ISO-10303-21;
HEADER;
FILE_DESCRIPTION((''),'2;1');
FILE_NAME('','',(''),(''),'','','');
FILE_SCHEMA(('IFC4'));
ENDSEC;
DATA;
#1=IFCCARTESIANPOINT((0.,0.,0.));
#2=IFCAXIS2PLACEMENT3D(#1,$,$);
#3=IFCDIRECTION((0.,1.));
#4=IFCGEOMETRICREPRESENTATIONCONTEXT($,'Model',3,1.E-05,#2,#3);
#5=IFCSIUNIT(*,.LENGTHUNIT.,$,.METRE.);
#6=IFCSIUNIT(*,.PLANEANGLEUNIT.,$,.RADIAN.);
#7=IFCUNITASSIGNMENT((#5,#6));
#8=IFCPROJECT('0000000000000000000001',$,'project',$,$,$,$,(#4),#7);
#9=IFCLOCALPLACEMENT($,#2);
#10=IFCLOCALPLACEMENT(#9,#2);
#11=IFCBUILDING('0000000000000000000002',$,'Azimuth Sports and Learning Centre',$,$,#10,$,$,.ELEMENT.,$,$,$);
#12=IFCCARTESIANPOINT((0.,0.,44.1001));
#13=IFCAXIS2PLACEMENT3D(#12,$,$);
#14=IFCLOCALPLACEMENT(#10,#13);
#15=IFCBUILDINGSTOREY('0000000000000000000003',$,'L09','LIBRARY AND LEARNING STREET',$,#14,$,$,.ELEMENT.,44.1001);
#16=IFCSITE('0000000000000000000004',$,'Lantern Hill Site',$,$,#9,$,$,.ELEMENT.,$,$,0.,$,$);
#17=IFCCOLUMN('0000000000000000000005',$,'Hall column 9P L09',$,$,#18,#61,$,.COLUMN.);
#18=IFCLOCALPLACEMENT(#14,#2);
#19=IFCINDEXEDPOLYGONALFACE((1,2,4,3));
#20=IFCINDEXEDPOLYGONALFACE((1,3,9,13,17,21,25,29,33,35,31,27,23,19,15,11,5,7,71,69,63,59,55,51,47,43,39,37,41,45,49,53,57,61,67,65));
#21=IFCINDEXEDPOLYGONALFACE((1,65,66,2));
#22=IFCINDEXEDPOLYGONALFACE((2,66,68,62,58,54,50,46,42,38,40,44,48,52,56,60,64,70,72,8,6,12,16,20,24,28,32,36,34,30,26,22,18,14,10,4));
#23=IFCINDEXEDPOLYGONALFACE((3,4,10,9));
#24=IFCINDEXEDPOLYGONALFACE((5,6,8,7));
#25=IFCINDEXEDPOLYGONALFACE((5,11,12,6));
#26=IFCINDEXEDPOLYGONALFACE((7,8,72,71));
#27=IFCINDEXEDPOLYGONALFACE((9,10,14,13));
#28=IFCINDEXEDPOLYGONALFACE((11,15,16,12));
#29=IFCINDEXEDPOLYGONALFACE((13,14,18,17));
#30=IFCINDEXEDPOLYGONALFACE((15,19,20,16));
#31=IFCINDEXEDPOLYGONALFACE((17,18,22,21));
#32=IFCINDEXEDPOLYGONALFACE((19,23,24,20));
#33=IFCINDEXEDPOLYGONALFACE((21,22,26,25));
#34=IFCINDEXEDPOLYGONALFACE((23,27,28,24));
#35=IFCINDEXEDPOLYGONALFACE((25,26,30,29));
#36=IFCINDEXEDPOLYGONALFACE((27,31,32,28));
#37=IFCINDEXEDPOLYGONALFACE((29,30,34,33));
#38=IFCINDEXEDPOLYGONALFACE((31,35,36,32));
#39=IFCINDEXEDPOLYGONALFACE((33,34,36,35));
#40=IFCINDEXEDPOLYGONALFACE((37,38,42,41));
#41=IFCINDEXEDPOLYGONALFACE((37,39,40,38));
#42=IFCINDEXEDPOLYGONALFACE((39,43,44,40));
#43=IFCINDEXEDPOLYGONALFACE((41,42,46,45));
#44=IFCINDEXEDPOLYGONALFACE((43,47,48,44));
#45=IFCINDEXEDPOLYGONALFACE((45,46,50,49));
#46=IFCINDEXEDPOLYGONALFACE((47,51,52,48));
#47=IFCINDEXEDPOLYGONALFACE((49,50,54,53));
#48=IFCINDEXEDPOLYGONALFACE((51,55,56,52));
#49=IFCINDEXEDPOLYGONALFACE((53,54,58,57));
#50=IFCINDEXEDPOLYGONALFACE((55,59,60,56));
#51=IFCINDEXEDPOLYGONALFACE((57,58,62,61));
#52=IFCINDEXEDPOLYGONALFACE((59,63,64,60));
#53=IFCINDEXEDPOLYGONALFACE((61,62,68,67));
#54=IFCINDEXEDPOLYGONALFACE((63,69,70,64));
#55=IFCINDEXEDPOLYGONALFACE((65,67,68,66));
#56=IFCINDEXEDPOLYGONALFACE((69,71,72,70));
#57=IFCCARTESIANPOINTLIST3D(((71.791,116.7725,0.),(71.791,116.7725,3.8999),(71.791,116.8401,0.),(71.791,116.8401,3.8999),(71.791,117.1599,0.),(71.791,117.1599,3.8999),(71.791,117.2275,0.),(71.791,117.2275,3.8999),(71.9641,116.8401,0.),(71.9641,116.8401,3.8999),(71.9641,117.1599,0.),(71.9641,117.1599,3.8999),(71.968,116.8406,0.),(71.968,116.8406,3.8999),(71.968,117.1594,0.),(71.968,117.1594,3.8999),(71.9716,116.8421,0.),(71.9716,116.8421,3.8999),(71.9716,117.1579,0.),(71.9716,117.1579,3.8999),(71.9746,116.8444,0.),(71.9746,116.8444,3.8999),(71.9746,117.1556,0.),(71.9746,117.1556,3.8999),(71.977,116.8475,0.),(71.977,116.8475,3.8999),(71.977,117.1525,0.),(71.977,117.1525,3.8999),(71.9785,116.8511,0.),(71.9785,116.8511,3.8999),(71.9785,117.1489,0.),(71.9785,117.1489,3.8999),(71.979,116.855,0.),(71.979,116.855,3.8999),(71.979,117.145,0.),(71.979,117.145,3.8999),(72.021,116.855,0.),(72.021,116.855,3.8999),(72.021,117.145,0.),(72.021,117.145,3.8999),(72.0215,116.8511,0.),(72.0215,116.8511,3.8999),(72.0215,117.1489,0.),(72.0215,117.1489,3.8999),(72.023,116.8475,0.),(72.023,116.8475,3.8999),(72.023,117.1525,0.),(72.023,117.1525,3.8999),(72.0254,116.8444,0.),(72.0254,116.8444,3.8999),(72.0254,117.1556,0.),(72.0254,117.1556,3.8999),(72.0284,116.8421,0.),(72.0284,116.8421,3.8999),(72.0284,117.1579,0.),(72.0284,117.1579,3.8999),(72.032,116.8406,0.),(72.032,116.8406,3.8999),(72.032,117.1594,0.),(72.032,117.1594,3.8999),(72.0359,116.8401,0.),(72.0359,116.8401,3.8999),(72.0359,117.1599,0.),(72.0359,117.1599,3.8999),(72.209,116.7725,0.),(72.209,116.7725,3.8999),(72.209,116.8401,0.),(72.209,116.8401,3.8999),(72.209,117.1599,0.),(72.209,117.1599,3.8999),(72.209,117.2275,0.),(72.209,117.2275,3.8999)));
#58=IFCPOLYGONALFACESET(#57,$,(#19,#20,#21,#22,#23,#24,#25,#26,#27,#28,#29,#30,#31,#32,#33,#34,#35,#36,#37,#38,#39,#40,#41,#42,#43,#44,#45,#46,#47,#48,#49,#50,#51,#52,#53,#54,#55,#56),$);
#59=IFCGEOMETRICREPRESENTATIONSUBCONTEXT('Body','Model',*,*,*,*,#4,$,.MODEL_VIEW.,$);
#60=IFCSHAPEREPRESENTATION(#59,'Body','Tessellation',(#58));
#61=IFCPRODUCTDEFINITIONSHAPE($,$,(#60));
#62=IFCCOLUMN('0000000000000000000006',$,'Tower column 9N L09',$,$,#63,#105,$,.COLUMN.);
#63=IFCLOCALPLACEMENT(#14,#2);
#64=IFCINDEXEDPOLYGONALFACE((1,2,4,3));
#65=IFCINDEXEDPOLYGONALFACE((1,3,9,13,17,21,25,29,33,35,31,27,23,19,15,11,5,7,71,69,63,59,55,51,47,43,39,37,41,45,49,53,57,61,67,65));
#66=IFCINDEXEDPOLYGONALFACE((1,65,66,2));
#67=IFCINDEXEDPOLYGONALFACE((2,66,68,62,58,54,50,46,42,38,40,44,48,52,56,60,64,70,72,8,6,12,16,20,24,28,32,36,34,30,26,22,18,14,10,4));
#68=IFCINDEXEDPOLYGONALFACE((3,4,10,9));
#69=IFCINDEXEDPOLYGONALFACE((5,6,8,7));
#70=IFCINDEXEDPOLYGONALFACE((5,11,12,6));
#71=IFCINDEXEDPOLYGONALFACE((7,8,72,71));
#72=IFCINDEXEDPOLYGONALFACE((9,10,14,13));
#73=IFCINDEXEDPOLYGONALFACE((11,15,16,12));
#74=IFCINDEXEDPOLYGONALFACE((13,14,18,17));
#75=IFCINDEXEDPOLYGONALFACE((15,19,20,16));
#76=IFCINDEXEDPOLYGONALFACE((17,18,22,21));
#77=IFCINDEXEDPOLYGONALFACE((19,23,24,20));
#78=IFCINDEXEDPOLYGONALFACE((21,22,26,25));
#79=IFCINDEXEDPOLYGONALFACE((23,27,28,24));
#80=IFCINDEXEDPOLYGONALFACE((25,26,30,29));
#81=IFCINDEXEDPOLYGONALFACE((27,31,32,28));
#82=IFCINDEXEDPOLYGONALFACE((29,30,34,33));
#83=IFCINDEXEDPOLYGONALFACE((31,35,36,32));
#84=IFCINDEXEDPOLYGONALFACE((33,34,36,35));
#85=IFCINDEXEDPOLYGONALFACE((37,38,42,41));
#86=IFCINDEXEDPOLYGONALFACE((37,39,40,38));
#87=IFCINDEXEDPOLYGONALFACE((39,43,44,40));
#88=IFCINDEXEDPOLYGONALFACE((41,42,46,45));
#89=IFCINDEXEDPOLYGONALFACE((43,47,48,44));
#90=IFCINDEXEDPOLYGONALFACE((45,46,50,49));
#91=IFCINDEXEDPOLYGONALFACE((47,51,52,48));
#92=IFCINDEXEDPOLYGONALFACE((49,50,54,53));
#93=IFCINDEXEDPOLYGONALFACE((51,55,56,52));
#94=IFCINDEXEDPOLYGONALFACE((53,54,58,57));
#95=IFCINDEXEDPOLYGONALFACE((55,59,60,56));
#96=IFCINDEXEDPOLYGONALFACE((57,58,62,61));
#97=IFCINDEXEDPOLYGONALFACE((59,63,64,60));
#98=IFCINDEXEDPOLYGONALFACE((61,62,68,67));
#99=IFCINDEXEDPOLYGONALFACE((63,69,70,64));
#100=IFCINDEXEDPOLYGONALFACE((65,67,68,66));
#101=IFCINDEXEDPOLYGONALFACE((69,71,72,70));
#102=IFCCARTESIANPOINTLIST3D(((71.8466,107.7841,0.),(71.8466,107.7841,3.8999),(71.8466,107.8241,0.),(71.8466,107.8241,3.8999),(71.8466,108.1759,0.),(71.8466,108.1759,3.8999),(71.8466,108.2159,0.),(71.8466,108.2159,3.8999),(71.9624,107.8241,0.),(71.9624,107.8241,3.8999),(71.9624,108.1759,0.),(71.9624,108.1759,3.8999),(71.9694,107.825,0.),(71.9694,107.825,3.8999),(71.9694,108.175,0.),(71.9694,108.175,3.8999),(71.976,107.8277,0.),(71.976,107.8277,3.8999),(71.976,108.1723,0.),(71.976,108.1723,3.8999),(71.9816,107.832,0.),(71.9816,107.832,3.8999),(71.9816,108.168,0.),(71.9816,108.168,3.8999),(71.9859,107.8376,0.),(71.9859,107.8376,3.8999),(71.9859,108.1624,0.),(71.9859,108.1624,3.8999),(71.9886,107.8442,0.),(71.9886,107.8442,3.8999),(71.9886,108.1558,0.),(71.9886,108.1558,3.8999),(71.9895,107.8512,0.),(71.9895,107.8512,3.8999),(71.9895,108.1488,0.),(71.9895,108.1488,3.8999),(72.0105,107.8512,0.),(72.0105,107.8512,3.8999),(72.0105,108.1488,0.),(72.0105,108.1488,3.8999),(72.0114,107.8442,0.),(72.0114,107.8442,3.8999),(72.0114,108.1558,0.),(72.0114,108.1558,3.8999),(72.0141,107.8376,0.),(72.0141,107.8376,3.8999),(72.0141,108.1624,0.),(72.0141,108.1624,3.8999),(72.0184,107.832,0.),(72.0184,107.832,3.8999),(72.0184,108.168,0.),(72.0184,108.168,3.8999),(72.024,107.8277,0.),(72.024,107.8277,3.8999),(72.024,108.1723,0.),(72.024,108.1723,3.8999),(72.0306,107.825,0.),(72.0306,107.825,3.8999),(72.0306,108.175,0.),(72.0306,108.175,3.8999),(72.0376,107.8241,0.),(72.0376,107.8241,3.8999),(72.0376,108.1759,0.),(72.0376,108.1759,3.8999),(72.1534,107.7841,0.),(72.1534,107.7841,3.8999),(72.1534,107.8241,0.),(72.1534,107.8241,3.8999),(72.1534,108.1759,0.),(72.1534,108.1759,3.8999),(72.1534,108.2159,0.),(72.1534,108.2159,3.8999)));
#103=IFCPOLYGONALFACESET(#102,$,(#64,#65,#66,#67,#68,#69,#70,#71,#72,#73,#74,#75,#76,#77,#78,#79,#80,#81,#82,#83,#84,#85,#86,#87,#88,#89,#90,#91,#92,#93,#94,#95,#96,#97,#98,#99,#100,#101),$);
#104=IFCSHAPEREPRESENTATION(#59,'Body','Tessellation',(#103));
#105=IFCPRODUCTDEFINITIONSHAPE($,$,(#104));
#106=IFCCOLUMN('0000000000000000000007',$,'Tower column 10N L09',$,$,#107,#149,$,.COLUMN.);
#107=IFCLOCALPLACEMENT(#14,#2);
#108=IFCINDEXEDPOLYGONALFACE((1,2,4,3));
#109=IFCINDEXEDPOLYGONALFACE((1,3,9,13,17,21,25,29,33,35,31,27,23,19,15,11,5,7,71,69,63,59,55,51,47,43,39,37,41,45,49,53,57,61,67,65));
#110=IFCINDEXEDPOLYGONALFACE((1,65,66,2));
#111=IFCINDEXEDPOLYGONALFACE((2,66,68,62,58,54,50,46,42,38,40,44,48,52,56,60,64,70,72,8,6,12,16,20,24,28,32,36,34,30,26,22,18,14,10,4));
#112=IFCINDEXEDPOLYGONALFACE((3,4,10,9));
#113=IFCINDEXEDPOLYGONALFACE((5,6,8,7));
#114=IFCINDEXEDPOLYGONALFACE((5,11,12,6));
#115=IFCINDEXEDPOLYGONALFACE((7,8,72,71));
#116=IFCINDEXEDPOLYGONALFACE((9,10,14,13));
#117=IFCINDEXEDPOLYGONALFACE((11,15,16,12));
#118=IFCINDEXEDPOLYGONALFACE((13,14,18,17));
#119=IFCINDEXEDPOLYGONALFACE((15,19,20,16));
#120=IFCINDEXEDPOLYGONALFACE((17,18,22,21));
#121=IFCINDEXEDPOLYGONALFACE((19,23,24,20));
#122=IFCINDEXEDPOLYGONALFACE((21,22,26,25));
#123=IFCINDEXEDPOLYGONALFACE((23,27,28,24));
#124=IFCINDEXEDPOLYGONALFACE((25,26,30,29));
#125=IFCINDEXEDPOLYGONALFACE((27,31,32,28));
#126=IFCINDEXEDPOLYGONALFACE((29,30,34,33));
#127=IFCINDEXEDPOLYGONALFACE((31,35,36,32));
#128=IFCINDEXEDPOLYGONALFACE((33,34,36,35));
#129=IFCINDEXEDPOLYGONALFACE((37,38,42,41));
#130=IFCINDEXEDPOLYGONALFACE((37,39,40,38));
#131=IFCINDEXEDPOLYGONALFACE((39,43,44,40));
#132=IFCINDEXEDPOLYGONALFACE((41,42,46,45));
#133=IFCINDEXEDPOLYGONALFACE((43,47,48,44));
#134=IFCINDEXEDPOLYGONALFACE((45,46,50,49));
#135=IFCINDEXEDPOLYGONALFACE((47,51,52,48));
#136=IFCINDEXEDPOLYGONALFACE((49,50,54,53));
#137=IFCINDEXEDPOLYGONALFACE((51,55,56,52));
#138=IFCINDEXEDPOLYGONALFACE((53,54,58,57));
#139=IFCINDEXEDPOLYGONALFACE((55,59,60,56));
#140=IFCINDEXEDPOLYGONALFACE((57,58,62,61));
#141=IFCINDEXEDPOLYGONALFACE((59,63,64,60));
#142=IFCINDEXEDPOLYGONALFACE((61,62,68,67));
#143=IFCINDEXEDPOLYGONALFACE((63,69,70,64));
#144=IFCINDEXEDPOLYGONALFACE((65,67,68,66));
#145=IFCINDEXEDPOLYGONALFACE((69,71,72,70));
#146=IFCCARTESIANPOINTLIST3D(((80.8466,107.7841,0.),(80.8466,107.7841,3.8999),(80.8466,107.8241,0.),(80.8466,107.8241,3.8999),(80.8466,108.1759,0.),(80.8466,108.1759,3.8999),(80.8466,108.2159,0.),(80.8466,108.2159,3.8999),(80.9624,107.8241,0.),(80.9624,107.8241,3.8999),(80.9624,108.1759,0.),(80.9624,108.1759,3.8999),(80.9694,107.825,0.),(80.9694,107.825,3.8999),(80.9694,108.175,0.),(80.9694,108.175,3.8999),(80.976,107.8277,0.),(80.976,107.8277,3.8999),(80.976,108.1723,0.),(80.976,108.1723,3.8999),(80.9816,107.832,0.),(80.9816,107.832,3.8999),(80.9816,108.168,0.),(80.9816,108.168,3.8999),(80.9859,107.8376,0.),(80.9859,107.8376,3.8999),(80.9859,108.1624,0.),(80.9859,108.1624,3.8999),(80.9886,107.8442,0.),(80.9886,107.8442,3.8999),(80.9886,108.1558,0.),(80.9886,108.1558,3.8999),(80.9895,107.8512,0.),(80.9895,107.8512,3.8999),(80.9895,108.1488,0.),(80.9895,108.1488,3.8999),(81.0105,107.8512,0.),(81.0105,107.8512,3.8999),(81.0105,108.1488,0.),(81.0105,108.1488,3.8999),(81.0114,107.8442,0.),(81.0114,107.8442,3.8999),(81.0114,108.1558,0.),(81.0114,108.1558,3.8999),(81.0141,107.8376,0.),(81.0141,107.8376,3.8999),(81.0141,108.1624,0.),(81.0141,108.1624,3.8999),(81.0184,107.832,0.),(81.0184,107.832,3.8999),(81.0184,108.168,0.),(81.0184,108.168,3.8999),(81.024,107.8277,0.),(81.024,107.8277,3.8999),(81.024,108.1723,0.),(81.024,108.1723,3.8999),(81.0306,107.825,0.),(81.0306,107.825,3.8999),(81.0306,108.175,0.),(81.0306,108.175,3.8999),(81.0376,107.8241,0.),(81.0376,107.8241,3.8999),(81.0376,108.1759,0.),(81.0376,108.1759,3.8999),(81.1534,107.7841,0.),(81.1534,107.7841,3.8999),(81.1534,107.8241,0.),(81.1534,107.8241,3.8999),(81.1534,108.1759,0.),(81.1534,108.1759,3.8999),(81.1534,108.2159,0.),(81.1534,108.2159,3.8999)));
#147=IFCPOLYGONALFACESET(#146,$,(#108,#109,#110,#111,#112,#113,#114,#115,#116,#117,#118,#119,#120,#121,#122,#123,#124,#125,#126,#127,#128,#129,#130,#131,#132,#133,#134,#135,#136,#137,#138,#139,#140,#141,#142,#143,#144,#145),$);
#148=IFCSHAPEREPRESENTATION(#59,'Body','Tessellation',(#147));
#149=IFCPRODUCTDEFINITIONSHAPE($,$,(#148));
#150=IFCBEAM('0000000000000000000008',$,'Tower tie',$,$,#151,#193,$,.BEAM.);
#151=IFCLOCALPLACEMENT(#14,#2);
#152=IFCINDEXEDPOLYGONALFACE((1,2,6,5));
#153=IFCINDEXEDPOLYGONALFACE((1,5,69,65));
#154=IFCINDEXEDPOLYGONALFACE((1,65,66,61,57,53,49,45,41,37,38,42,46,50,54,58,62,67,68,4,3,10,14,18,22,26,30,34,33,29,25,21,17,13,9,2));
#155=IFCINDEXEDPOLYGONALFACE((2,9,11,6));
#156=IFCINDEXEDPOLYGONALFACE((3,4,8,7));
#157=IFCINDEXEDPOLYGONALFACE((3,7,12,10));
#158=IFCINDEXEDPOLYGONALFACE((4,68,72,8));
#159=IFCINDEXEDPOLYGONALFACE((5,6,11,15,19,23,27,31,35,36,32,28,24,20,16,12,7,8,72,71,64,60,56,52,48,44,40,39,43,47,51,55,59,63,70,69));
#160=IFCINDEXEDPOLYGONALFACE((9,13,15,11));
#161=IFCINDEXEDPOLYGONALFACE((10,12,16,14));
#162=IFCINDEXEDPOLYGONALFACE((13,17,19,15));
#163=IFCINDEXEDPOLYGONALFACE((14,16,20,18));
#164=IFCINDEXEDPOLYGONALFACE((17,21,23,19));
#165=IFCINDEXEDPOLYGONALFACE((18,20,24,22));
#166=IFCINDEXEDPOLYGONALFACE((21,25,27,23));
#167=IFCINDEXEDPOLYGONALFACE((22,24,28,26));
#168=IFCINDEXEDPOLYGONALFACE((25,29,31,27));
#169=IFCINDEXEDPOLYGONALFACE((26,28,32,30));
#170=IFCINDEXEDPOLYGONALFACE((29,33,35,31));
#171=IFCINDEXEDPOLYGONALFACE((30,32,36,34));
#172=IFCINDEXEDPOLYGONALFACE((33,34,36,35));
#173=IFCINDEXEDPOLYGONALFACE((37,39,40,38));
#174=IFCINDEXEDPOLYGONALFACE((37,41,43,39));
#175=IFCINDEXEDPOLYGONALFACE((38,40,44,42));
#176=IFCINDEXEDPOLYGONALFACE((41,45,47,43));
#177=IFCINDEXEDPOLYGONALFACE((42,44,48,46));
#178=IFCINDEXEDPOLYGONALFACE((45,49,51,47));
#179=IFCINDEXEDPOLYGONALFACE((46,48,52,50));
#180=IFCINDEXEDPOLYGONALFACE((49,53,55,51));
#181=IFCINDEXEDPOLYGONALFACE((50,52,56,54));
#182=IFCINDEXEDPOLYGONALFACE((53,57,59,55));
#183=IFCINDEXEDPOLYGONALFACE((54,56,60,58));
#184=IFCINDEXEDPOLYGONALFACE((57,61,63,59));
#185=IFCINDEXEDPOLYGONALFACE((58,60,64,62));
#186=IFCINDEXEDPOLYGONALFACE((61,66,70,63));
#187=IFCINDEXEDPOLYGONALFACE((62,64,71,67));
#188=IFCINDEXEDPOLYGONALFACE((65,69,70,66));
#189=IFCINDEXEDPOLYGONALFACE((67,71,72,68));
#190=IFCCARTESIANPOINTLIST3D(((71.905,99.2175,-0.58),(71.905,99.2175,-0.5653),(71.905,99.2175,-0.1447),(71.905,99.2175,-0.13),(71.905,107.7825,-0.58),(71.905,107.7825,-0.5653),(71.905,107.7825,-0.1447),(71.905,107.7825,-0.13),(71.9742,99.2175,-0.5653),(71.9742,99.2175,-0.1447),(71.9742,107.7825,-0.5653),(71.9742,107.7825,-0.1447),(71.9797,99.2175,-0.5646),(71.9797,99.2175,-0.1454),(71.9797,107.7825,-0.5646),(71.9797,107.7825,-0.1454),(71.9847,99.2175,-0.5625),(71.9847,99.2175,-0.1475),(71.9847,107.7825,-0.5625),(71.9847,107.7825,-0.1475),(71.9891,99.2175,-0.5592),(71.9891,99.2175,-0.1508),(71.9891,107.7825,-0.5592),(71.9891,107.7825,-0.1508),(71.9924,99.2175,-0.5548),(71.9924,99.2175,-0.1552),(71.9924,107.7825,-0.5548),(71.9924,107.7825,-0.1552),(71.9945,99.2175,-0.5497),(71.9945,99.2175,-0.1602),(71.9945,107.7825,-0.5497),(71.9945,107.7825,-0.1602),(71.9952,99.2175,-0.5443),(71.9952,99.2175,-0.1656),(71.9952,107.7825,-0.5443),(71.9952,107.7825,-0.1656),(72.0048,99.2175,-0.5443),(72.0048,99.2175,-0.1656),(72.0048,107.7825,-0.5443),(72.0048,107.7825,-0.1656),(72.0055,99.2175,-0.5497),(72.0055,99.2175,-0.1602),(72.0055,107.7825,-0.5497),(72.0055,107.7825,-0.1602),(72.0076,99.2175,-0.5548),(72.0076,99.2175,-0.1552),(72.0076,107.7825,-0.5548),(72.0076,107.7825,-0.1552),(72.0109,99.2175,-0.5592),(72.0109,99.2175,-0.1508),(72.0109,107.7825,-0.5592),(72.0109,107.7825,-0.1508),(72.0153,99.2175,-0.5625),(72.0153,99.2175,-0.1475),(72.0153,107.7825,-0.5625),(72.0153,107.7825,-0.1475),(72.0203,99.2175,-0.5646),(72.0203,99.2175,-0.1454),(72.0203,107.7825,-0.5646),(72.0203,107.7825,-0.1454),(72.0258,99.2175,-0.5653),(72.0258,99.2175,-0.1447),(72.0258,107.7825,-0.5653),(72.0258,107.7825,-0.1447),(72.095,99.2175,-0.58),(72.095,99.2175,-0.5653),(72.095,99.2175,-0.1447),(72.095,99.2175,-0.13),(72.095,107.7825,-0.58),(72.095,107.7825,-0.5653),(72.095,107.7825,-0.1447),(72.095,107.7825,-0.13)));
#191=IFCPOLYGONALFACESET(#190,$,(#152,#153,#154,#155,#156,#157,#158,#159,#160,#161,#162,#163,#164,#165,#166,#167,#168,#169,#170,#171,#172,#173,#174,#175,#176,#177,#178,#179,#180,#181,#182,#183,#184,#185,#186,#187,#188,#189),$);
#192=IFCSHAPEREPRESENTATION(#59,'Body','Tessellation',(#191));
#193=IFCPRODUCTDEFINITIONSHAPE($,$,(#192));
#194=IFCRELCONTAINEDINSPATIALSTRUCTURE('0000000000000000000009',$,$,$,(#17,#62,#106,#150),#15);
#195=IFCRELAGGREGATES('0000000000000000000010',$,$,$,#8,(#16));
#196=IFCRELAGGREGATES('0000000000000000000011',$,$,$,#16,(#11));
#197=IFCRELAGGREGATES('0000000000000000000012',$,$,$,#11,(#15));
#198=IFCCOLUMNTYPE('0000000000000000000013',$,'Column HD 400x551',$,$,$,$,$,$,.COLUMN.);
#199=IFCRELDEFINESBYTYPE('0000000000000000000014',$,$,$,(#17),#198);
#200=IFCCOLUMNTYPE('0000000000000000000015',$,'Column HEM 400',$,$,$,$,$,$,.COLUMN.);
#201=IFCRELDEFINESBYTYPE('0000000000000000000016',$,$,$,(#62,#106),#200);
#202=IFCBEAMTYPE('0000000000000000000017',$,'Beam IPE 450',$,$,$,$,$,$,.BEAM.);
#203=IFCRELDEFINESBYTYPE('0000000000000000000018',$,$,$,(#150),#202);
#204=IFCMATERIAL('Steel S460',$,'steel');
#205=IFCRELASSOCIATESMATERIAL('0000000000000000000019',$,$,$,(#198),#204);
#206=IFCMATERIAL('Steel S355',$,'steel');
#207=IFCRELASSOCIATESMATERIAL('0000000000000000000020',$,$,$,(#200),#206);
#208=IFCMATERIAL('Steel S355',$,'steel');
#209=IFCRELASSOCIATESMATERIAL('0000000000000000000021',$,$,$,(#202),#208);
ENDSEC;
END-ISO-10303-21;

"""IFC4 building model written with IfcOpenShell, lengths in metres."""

from ifc_helpers import new_model, si_unit, direction, frame, origin, origin_2d, place, context, subcontext, project, spatial, i_section, extrude, material, material_profile, profile_set, type_object, element, save


model = new_model("IFC4")

# Units and contexts
model_context = context("Model", 3, precision=1e-05, world=origin(), true_north=direction((0.0, 1.0)))
body_context = subcontext(model_context, "Body", "Model", "MODEL_VIEW")
ifc_project = project(units=[si_unit("LENGTHUNIT", "METRE"), si_unit("PLANEANGLEUNIT", "RADIAN")], contexts=[model_context])

# Site, building, storey
site_placement = place(None, origin())
site = spatial("IfcSite", under=ifc_project, at=site_placement, Name="Lantern Hill Site", CompositionType="ELEMENT", RefElevation=0.0)
building_placement = place(site_placement, origin())
building = spatial("IfcBuilding", under=site, at=building_placement, Name="Azimuth Sports and Learning Centre", CompositionType="ELEMENT")
storey_placement = place(building_placement, frame((0.0, 0.0, 44.1001)))
storey = spatial("IfcBuildingStorey", under=building, at=storey_placement, Name="L09", Description="LIBRARY AND LEARNING STREET", CompositionType="ELEMENT", Elevation=44.1001)

# Columns
ifc_material_1 = material(Name="Steel S460", Category="steel")
ifc_material_profile_1 = material_profile(ifc_material_1, i_section(OverallWidth=0.418, OverallDepth=0.4551, WebThickness=0.042, FlangeThickness=0.0676, FilletRadius=0.0149, at=origin_2d()), Name="HD 400x551")
ifc_profile_set_1 = profile_set([ifc_material_profile_1], Name="Steel S460")
column_type_1 = type_object("IfcColumnType", Name="Column HD 400x551", PredefinedType="COLUMN", material=ifc_profile_set_1)
column_placement = place(storey_placement, frame((72.0, 117.0, 0.0), z_axis=(0.0, 0.0, 1.0), x_axis=(1.0, 0.0, 0.0)))
element("IfcColumn", 1, at=column_placement, inside=storey, type_object=column_type_1, Name="Hall column 9P L09", PredefinedType="COLUMN", context=body_context, shape_type="SweptSolid", body=[
    extrude(i_section(OverallWidth=0.418, OverallDepth=0.4551, WebThickness=0.042, FlangeThickness=0.0676, FilletRadius=0.0149, at=origin_2d()), origin(), (0.0, 0.0, 1.0), 3.8999),
])
ifc_material_2 = material(Name="Steel S355", Category="steel")
ifc_material_profile_2 = material_profile(ifc_material_2, i_section(OverallWidth=0.3069, OverallDepth=0.4319, WebThickness=0.021, FlangeThickness=0.04, FilletRadius=0.0271, at=origin_2d()), Name="HEM 400")
ifc_profile_set_2 = profile_set([ifc_material_profile_2], Name="Steel S355")
column_type_2 = type_object("IfcColumnType", Name="Column HEM 400", PredefinedType="COLUMN", material=ifc_profile_set_2)
for number, where, z_axis, x_axis, name in (
    (2, (72.0, 108.0, 0.0), (0.0, 0.0, 1.0), (1.0, 0.0, 0.0), "Tower column 9N L09"),
    (3, (81.0, 108.0, 0.0), (0.0, 0.0, 1.0), (1.0, 0.0, 0.0), "Tower column 10N L09"),
):
    element("IfcColumn", number, at=place(storey_placement, frame(where, z_axis=z_axis, x_axis=x_axis)), inside=storey, type_object=column_type_2, Name=name, PredefinedType="COLUMN", context=body_context, shape_type="SweptSolid", body=[
        extrude(i_section(OverallWidth=0.3069, OverallDepth=0.4319, WebThickness=0.021, FlangeThickness=0.04, FilletRadius=0.0271, at=origin_2d()), origin(), (0.0, 0.0, 1.0), 3.8999),
    ])

# Beam
ifc_material_3 = material(Name="Steel S355", Category="steel")
ifc_material_profile_3 = material_profile(ifc_material_3, i_section(OverallWidth=0.1899, OverallDepth=0.45, WebThickness=0.0095, FlangeThickness=0.0146, FilletRadius=0.021, at=origin_2d()), Name="IPE 450")
ifc_profile_set_3 = profile_set([ifc_material_profile_3], Name="Steel S355")
beam_type_1 = type_object("IfcBeamType", Name="Beam IPE 450", PredefinedType="BEAM", material=ifc_profile_set_3)
beam_1_placement = place(storey_placement, frame((72.0, 99.2175, -0.355), z_axis=(0.0, 1.0, 0.0), x_axis=(-1.0, 0.0, 0.0)))
element("IfcBeam", 4, at=beam_1_placement, inside=storey, type_object=beam_type_1, Name="Tower tie", PredefinedType="BEAM", context=body_context, shape_type="SweptSolid", body=[
    extrude(i_section(OverallWidth=0.1899, OverallDepth=0.45, WebThickness=0.0095, FlangeThickness=0.0146, FilletRadius=0.021, at=origin_2d()), origin(), (0.0, 0.0, 1.0), 8.5649),
])

save(model, "model.ifc")
